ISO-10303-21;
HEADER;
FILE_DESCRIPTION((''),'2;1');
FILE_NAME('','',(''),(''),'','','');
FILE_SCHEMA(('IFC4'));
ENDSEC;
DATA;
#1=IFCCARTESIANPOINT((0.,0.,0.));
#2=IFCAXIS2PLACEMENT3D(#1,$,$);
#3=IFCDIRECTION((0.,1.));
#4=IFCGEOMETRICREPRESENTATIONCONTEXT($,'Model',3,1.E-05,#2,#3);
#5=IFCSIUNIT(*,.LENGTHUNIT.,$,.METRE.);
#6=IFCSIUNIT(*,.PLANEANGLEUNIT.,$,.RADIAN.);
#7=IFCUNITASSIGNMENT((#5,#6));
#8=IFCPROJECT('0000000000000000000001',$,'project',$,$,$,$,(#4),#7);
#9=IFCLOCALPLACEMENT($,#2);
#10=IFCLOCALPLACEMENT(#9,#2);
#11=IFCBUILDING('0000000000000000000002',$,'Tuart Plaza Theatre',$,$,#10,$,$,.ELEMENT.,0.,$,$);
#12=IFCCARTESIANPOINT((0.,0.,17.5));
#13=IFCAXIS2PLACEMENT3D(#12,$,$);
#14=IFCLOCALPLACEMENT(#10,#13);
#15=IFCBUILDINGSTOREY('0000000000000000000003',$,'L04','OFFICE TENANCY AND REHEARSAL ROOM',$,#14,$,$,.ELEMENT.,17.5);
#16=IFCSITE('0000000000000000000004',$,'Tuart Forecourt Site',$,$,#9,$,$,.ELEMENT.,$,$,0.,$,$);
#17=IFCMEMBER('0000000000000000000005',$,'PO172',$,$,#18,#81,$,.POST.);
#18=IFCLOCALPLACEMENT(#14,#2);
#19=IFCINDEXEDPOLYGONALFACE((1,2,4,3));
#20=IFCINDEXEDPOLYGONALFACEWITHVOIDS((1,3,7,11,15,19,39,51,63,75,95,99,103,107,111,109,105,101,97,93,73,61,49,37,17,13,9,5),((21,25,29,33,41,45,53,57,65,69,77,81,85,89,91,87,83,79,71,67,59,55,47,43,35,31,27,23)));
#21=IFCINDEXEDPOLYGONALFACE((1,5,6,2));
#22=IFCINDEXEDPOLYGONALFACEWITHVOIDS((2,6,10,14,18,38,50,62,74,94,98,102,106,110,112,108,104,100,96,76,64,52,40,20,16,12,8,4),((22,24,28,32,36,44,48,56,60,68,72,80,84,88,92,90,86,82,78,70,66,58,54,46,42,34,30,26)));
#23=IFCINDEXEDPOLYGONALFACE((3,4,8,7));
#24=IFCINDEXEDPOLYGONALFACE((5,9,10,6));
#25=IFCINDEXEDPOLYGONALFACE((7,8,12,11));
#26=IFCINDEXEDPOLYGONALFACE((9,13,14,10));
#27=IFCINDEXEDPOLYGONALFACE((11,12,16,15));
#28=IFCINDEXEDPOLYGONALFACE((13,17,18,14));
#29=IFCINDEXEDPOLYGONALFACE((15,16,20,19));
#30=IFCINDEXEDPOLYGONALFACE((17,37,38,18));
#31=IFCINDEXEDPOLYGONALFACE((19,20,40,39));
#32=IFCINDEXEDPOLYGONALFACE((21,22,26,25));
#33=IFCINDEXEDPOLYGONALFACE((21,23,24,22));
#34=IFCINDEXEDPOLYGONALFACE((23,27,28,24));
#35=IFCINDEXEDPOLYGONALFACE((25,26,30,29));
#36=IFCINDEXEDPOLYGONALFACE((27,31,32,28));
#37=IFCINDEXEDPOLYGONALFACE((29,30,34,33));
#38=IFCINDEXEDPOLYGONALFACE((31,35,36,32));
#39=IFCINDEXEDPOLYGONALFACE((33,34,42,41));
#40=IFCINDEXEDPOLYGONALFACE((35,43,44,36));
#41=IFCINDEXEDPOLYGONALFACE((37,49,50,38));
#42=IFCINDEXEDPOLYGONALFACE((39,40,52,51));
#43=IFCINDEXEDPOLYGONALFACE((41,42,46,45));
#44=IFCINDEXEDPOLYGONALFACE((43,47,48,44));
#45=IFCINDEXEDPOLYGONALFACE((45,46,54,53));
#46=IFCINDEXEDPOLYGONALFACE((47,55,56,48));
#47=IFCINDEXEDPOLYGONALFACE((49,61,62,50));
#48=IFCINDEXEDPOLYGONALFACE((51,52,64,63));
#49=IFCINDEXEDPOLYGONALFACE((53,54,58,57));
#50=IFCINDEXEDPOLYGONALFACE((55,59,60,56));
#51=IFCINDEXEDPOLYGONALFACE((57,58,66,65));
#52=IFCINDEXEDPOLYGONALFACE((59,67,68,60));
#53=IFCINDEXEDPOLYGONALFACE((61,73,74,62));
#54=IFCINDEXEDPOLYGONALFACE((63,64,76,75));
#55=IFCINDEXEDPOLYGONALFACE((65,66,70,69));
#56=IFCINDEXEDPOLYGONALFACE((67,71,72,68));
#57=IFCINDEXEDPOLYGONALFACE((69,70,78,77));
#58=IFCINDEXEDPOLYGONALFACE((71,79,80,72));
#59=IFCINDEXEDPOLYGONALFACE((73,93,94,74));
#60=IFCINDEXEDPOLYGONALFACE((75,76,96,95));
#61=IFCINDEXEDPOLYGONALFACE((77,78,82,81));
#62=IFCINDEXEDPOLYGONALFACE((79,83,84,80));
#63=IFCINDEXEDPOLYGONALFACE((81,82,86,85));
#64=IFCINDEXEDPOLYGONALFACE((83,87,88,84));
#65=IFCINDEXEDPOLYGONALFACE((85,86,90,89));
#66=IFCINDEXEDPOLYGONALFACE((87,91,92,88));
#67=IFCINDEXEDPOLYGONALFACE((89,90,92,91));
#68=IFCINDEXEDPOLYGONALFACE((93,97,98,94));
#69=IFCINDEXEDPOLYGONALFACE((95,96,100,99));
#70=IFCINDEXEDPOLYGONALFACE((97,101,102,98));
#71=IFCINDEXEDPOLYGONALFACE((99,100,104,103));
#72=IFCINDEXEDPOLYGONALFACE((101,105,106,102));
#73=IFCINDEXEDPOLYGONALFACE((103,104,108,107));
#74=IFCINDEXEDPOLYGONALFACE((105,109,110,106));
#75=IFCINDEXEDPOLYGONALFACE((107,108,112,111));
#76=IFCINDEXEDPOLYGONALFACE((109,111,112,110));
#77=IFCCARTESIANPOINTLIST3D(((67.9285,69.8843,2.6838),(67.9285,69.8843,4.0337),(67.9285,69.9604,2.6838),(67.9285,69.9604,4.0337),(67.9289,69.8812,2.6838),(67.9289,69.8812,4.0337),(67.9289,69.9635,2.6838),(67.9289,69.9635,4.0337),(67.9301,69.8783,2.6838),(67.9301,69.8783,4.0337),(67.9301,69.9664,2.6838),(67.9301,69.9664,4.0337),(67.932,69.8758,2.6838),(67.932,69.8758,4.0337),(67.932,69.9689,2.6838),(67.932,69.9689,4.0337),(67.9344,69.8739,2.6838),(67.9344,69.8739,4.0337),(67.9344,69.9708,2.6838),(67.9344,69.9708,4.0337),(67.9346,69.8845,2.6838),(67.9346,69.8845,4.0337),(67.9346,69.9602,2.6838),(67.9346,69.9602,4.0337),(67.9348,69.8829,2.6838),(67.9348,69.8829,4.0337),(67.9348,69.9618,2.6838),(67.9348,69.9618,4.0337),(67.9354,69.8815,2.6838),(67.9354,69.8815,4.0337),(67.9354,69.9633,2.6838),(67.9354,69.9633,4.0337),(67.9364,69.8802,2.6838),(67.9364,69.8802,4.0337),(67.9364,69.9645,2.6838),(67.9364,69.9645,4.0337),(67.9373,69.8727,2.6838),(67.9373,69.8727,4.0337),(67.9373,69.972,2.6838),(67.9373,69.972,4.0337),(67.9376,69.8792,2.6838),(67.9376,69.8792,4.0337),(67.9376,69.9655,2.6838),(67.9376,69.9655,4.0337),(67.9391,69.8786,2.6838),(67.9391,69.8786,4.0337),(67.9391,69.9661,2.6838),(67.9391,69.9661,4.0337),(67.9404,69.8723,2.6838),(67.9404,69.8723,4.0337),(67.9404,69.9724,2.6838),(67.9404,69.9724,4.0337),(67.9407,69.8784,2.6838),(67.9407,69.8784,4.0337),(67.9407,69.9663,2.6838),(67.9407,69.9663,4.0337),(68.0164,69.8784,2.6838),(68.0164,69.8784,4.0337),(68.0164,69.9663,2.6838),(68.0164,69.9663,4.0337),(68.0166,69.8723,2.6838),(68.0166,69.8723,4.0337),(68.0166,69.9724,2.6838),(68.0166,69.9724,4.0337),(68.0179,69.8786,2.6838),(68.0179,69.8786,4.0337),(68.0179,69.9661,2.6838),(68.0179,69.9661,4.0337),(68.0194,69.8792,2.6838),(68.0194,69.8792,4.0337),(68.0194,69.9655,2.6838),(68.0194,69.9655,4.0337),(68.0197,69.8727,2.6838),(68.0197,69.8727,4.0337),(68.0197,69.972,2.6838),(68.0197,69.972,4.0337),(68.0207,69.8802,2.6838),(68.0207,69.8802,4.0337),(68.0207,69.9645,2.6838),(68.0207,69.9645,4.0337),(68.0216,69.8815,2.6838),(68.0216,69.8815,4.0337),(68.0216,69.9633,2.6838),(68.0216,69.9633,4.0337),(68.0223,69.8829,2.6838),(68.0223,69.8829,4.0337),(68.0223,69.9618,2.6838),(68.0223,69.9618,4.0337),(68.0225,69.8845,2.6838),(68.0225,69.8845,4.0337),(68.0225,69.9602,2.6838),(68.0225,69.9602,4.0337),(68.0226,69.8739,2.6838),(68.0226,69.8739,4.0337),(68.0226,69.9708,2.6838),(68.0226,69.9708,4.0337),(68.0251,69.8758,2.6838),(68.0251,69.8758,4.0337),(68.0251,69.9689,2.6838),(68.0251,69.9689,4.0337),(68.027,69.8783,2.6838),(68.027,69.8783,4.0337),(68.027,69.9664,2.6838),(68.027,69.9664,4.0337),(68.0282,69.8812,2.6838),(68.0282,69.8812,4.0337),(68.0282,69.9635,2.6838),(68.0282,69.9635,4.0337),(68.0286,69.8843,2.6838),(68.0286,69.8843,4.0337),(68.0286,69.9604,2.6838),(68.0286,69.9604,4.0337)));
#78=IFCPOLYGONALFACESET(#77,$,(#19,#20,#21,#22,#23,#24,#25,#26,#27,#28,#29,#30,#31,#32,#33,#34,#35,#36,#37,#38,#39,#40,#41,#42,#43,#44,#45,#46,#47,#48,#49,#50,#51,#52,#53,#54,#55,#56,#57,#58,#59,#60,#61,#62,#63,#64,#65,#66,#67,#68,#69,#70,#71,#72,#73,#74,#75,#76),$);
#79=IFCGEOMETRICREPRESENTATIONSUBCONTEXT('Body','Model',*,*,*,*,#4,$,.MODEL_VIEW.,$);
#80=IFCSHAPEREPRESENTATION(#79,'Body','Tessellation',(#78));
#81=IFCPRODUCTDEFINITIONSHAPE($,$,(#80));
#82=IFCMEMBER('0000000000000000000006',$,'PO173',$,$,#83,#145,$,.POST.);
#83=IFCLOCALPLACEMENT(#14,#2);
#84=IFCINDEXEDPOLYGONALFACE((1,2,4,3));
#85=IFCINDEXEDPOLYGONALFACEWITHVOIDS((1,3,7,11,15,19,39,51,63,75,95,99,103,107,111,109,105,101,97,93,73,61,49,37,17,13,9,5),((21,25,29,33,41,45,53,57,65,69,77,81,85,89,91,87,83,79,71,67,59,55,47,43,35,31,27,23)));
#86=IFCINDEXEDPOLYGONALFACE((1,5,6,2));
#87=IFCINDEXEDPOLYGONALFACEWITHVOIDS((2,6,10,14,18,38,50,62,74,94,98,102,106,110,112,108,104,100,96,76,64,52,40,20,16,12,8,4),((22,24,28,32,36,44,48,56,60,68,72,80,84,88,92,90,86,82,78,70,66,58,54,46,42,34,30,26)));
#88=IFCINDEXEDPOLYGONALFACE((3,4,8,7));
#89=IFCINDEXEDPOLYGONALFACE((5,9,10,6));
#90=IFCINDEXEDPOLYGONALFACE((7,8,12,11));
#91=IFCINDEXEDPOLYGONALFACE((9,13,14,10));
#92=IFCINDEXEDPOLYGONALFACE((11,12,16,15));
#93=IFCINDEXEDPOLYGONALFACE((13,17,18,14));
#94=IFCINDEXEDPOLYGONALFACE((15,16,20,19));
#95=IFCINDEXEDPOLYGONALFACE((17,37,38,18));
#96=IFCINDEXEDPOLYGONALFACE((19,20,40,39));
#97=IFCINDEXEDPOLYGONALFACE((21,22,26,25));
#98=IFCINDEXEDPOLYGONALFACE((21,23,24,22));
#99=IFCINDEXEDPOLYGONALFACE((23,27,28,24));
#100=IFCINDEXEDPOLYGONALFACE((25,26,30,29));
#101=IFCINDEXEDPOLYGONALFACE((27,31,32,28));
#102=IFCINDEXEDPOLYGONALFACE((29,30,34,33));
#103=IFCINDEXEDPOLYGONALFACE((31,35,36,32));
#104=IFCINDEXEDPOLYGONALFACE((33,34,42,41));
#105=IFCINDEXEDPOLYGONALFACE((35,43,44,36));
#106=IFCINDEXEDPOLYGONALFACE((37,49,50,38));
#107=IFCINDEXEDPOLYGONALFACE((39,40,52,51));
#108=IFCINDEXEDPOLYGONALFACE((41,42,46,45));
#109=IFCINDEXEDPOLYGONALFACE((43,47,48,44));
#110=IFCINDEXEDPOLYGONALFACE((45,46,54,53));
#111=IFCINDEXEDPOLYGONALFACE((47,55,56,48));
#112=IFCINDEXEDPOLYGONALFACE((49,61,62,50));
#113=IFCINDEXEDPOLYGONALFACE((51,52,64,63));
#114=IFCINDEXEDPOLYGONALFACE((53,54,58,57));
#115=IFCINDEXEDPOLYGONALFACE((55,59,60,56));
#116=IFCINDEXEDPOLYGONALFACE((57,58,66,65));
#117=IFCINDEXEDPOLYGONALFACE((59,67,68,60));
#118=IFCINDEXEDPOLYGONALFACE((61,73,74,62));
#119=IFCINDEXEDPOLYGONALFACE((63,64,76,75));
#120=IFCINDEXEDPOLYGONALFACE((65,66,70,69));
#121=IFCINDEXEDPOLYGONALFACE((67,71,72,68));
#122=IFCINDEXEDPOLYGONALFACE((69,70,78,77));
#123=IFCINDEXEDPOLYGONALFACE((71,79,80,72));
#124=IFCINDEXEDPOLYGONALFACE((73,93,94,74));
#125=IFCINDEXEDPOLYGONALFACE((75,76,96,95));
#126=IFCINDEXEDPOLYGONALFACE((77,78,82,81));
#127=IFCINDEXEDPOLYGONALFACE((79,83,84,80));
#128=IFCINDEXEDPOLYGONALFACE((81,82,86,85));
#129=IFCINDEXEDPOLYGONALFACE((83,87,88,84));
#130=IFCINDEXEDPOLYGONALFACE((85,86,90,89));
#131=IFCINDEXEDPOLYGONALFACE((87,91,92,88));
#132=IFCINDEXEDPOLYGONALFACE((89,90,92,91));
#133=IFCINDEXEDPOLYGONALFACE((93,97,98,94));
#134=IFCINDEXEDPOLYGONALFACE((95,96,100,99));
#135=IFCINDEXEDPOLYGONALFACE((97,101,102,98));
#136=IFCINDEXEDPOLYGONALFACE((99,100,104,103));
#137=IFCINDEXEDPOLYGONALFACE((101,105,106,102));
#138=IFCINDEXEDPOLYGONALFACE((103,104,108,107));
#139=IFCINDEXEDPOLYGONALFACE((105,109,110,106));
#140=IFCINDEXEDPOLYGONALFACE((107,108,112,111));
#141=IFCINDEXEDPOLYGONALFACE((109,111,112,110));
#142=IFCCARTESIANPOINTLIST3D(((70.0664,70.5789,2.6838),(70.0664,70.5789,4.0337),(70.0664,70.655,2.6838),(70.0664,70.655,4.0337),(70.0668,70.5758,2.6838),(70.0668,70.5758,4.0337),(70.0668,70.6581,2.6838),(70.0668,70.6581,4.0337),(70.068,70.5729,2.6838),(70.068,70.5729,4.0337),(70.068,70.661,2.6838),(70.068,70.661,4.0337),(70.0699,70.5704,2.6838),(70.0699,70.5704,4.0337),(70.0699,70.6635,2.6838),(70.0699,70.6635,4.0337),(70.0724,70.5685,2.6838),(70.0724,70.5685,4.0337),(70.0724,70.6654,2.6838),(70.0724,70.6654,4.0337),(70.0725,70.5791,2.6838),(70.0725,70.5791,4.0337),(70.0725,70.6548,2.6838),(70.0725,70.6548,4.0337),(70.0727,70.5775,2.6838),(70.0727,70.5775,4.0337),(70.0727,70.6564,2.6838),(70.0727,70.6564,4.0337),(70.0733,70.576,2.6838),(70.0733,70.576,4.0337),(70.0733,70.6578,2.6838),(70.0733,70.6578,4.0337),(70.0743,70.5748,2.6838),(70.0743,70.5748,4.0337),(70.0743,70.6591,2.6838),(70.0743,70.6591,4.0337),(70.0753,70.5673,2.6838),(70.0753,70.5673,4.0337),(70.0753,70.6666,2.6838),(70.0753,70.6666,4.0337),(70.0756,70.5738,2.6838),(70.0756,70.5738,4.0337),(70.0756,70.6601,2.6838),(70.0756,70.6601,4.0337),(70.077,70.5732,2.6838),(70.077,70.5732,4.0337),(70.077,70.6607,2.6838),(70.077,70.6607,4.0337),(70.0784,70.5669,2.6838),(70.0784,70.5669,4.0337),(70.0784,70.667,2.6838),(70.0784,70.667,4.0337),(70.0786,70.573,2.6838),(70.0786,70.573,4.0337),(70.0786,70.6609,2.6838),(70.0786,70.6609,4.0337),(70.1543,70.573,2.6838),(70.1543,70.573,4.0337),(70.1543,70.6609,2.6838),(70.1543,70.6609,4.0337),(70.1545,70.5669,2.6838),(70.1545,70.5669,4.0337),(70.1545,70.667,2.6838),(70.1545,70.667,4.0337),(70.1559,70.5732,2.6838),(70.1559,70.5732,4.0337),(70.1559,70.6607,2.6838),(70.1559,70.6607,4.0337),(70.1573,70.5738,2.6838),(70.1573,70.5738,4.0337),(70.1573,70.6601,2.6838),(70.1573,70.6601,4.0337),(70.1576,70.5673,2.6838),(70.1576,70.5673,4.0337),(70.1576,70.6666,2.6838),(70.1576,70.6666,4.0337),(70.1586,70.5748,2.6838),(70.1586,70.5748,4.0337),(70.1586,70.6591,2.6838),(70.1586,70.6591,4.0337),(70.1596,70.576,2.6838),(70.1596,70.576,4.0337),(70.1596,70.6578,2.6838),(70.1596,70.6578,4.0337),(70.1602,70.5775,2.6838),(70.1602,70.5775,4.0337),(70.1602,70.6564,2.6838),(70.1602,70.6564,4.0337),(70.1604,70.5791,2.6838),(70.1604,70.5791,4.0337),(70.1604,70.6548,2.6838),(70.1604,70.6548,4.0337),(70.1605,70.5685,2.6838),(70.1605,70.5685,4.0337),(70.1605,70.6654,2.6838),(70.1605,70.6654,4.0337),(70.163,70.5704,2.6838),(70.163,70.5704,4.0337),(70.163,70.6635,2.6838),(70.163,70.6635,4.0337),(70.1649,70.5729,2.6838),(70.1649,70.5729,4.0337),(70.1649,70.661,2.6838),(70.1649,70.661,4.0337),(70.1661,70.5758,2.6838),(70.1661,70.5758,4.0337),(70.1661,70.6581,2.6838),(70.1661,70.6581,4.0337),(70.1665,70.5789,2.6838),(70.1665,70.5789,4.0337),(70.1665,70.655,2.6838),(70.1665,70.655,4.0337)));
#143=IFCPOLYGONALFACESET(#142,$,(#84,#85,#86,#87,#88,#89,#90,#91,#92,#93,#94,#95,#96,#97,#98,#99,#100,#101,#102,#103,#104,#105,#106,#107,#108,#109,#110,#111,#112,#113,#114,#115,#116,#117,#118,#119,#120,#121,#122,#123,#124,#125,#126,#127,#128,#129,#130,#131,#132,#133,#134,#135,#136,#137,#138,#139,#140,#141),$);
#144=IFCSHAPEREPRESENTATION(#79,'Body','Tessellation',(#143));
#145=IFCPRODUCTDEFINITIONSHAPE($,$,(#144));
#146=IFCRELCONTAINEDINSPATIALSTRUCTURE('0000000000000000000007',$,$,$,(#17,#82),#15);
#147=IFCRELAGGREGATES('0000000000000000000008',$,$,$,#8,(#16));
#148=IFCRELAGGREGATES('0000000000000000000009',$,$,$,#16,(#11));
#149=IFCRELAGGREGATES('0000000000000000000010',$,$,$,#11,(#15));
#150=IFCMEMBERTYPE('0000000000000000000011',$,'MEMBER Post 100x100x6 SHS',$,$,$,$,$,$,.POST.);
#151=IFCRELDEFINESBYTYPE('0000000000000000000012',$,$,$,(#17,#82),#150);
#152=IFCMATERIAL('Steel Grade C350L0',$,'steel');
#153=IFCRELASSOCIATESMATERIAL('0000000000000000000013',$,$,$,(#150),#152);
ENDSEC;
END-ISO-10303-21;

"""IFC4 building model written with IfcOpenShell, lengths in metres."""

from ifc_helpers import new_model, si_unit, direction, frame, origin, origin_2d, place, context, subcontext, project, spatial, hollow_rectangle, extrude, material, material_profile, profile_set, type_object, element, save


model = new_model("IFC4")

# Units and contexts
model_context = context("Model", 3, precision=1e-05, world=origin(), true_north=direction((0.0, 1.0)))
body_context = subcontext(model_context, "Body", "Model", "MODEL_VIEW")
ifc_project = project(units=[si_unit("LENGTHUNIT", "METRE"), si_unit("PLANEANGLEUNIT", "RADIAN")], contexts=[model_context])

# Site, building, storey
site_placement = place(None, origin())
site = spatial("IfcSite", under=ifc_project, at=site_placement, Name="Tuart Forecourt Site", CompositionType="ELEMENT", RefElevation=0.0)
building_placement = place(site_placement, origin())
building = spatial("IfcBuilding", under=site, at=building_placement, Name="Tuart Plaza Theatre", CompositionType="ELEMENT", ElevationOfRefHeight=0.0)
storey_placement = place(building_placement, frame((0.0, 0.0, 17.5)))
storey = spatial("IfcBuildingStorey", under=building, at=storey_placement, Name="L04", Description="OFFICE TENANCY AND REHEARSAL ROOM", CompositionType="ELEMENT", Elevation=17.5)

# Members
ifc_material_1 = material(Name="Steel Grade C350L0", Category="steel")
ifc_material_profile_1 = material_profile(ifc_material_1, hollow_rectangle(XDim=0.1001, YDim=0.1001, WallThickness=0.0061, InnerFilletRadius=0.0061, OuterFilletRadius=0.012, at=origin_2d()), Name="100x100x6 SHS")
ifc_profile_set_1 = profile_set([ifc_material_profile_1], Name="Steel Grade C350L0")
member_type_1 = type_object("IfcMemberType", Name="MEMBER Post 100x100x6 SHS", PredefinedType="POST", material=ifc_profile_set_1)
for number, where, z_axis, x_axis, name in (
    (1, (67.9785, 69.9224, 2.6838), (0.0, 0.0, 1.0), (1.0, 0.0, 0.0), "PO172"),
    (2, (70.1165, 70.6169, 2.6838), (0.0, 0.0, 1.0), (1.0, 0.0, 0.0), "PO173"),
):
    element("IfcMember", number, at=place(storey_placement, frame(where, z_axis=z_axis, x_axis=x_axis)), inside=storey, type_object=member_type_1, Name=name, PredefinedType="POST", context=body_context, shape_type="SweptSolid", body=[
        extrude(hollow_rectangle(XDim=0.1001, YDim=0.1001, WallThickness=0.0061, InnerFilletRadius=0.0061, OuterFilletRadius=0.012, at=origin_2d()), origin(), (0.0, 0.0, 1.0), 1.3499),
    ])

save(model, "model.ifc")
